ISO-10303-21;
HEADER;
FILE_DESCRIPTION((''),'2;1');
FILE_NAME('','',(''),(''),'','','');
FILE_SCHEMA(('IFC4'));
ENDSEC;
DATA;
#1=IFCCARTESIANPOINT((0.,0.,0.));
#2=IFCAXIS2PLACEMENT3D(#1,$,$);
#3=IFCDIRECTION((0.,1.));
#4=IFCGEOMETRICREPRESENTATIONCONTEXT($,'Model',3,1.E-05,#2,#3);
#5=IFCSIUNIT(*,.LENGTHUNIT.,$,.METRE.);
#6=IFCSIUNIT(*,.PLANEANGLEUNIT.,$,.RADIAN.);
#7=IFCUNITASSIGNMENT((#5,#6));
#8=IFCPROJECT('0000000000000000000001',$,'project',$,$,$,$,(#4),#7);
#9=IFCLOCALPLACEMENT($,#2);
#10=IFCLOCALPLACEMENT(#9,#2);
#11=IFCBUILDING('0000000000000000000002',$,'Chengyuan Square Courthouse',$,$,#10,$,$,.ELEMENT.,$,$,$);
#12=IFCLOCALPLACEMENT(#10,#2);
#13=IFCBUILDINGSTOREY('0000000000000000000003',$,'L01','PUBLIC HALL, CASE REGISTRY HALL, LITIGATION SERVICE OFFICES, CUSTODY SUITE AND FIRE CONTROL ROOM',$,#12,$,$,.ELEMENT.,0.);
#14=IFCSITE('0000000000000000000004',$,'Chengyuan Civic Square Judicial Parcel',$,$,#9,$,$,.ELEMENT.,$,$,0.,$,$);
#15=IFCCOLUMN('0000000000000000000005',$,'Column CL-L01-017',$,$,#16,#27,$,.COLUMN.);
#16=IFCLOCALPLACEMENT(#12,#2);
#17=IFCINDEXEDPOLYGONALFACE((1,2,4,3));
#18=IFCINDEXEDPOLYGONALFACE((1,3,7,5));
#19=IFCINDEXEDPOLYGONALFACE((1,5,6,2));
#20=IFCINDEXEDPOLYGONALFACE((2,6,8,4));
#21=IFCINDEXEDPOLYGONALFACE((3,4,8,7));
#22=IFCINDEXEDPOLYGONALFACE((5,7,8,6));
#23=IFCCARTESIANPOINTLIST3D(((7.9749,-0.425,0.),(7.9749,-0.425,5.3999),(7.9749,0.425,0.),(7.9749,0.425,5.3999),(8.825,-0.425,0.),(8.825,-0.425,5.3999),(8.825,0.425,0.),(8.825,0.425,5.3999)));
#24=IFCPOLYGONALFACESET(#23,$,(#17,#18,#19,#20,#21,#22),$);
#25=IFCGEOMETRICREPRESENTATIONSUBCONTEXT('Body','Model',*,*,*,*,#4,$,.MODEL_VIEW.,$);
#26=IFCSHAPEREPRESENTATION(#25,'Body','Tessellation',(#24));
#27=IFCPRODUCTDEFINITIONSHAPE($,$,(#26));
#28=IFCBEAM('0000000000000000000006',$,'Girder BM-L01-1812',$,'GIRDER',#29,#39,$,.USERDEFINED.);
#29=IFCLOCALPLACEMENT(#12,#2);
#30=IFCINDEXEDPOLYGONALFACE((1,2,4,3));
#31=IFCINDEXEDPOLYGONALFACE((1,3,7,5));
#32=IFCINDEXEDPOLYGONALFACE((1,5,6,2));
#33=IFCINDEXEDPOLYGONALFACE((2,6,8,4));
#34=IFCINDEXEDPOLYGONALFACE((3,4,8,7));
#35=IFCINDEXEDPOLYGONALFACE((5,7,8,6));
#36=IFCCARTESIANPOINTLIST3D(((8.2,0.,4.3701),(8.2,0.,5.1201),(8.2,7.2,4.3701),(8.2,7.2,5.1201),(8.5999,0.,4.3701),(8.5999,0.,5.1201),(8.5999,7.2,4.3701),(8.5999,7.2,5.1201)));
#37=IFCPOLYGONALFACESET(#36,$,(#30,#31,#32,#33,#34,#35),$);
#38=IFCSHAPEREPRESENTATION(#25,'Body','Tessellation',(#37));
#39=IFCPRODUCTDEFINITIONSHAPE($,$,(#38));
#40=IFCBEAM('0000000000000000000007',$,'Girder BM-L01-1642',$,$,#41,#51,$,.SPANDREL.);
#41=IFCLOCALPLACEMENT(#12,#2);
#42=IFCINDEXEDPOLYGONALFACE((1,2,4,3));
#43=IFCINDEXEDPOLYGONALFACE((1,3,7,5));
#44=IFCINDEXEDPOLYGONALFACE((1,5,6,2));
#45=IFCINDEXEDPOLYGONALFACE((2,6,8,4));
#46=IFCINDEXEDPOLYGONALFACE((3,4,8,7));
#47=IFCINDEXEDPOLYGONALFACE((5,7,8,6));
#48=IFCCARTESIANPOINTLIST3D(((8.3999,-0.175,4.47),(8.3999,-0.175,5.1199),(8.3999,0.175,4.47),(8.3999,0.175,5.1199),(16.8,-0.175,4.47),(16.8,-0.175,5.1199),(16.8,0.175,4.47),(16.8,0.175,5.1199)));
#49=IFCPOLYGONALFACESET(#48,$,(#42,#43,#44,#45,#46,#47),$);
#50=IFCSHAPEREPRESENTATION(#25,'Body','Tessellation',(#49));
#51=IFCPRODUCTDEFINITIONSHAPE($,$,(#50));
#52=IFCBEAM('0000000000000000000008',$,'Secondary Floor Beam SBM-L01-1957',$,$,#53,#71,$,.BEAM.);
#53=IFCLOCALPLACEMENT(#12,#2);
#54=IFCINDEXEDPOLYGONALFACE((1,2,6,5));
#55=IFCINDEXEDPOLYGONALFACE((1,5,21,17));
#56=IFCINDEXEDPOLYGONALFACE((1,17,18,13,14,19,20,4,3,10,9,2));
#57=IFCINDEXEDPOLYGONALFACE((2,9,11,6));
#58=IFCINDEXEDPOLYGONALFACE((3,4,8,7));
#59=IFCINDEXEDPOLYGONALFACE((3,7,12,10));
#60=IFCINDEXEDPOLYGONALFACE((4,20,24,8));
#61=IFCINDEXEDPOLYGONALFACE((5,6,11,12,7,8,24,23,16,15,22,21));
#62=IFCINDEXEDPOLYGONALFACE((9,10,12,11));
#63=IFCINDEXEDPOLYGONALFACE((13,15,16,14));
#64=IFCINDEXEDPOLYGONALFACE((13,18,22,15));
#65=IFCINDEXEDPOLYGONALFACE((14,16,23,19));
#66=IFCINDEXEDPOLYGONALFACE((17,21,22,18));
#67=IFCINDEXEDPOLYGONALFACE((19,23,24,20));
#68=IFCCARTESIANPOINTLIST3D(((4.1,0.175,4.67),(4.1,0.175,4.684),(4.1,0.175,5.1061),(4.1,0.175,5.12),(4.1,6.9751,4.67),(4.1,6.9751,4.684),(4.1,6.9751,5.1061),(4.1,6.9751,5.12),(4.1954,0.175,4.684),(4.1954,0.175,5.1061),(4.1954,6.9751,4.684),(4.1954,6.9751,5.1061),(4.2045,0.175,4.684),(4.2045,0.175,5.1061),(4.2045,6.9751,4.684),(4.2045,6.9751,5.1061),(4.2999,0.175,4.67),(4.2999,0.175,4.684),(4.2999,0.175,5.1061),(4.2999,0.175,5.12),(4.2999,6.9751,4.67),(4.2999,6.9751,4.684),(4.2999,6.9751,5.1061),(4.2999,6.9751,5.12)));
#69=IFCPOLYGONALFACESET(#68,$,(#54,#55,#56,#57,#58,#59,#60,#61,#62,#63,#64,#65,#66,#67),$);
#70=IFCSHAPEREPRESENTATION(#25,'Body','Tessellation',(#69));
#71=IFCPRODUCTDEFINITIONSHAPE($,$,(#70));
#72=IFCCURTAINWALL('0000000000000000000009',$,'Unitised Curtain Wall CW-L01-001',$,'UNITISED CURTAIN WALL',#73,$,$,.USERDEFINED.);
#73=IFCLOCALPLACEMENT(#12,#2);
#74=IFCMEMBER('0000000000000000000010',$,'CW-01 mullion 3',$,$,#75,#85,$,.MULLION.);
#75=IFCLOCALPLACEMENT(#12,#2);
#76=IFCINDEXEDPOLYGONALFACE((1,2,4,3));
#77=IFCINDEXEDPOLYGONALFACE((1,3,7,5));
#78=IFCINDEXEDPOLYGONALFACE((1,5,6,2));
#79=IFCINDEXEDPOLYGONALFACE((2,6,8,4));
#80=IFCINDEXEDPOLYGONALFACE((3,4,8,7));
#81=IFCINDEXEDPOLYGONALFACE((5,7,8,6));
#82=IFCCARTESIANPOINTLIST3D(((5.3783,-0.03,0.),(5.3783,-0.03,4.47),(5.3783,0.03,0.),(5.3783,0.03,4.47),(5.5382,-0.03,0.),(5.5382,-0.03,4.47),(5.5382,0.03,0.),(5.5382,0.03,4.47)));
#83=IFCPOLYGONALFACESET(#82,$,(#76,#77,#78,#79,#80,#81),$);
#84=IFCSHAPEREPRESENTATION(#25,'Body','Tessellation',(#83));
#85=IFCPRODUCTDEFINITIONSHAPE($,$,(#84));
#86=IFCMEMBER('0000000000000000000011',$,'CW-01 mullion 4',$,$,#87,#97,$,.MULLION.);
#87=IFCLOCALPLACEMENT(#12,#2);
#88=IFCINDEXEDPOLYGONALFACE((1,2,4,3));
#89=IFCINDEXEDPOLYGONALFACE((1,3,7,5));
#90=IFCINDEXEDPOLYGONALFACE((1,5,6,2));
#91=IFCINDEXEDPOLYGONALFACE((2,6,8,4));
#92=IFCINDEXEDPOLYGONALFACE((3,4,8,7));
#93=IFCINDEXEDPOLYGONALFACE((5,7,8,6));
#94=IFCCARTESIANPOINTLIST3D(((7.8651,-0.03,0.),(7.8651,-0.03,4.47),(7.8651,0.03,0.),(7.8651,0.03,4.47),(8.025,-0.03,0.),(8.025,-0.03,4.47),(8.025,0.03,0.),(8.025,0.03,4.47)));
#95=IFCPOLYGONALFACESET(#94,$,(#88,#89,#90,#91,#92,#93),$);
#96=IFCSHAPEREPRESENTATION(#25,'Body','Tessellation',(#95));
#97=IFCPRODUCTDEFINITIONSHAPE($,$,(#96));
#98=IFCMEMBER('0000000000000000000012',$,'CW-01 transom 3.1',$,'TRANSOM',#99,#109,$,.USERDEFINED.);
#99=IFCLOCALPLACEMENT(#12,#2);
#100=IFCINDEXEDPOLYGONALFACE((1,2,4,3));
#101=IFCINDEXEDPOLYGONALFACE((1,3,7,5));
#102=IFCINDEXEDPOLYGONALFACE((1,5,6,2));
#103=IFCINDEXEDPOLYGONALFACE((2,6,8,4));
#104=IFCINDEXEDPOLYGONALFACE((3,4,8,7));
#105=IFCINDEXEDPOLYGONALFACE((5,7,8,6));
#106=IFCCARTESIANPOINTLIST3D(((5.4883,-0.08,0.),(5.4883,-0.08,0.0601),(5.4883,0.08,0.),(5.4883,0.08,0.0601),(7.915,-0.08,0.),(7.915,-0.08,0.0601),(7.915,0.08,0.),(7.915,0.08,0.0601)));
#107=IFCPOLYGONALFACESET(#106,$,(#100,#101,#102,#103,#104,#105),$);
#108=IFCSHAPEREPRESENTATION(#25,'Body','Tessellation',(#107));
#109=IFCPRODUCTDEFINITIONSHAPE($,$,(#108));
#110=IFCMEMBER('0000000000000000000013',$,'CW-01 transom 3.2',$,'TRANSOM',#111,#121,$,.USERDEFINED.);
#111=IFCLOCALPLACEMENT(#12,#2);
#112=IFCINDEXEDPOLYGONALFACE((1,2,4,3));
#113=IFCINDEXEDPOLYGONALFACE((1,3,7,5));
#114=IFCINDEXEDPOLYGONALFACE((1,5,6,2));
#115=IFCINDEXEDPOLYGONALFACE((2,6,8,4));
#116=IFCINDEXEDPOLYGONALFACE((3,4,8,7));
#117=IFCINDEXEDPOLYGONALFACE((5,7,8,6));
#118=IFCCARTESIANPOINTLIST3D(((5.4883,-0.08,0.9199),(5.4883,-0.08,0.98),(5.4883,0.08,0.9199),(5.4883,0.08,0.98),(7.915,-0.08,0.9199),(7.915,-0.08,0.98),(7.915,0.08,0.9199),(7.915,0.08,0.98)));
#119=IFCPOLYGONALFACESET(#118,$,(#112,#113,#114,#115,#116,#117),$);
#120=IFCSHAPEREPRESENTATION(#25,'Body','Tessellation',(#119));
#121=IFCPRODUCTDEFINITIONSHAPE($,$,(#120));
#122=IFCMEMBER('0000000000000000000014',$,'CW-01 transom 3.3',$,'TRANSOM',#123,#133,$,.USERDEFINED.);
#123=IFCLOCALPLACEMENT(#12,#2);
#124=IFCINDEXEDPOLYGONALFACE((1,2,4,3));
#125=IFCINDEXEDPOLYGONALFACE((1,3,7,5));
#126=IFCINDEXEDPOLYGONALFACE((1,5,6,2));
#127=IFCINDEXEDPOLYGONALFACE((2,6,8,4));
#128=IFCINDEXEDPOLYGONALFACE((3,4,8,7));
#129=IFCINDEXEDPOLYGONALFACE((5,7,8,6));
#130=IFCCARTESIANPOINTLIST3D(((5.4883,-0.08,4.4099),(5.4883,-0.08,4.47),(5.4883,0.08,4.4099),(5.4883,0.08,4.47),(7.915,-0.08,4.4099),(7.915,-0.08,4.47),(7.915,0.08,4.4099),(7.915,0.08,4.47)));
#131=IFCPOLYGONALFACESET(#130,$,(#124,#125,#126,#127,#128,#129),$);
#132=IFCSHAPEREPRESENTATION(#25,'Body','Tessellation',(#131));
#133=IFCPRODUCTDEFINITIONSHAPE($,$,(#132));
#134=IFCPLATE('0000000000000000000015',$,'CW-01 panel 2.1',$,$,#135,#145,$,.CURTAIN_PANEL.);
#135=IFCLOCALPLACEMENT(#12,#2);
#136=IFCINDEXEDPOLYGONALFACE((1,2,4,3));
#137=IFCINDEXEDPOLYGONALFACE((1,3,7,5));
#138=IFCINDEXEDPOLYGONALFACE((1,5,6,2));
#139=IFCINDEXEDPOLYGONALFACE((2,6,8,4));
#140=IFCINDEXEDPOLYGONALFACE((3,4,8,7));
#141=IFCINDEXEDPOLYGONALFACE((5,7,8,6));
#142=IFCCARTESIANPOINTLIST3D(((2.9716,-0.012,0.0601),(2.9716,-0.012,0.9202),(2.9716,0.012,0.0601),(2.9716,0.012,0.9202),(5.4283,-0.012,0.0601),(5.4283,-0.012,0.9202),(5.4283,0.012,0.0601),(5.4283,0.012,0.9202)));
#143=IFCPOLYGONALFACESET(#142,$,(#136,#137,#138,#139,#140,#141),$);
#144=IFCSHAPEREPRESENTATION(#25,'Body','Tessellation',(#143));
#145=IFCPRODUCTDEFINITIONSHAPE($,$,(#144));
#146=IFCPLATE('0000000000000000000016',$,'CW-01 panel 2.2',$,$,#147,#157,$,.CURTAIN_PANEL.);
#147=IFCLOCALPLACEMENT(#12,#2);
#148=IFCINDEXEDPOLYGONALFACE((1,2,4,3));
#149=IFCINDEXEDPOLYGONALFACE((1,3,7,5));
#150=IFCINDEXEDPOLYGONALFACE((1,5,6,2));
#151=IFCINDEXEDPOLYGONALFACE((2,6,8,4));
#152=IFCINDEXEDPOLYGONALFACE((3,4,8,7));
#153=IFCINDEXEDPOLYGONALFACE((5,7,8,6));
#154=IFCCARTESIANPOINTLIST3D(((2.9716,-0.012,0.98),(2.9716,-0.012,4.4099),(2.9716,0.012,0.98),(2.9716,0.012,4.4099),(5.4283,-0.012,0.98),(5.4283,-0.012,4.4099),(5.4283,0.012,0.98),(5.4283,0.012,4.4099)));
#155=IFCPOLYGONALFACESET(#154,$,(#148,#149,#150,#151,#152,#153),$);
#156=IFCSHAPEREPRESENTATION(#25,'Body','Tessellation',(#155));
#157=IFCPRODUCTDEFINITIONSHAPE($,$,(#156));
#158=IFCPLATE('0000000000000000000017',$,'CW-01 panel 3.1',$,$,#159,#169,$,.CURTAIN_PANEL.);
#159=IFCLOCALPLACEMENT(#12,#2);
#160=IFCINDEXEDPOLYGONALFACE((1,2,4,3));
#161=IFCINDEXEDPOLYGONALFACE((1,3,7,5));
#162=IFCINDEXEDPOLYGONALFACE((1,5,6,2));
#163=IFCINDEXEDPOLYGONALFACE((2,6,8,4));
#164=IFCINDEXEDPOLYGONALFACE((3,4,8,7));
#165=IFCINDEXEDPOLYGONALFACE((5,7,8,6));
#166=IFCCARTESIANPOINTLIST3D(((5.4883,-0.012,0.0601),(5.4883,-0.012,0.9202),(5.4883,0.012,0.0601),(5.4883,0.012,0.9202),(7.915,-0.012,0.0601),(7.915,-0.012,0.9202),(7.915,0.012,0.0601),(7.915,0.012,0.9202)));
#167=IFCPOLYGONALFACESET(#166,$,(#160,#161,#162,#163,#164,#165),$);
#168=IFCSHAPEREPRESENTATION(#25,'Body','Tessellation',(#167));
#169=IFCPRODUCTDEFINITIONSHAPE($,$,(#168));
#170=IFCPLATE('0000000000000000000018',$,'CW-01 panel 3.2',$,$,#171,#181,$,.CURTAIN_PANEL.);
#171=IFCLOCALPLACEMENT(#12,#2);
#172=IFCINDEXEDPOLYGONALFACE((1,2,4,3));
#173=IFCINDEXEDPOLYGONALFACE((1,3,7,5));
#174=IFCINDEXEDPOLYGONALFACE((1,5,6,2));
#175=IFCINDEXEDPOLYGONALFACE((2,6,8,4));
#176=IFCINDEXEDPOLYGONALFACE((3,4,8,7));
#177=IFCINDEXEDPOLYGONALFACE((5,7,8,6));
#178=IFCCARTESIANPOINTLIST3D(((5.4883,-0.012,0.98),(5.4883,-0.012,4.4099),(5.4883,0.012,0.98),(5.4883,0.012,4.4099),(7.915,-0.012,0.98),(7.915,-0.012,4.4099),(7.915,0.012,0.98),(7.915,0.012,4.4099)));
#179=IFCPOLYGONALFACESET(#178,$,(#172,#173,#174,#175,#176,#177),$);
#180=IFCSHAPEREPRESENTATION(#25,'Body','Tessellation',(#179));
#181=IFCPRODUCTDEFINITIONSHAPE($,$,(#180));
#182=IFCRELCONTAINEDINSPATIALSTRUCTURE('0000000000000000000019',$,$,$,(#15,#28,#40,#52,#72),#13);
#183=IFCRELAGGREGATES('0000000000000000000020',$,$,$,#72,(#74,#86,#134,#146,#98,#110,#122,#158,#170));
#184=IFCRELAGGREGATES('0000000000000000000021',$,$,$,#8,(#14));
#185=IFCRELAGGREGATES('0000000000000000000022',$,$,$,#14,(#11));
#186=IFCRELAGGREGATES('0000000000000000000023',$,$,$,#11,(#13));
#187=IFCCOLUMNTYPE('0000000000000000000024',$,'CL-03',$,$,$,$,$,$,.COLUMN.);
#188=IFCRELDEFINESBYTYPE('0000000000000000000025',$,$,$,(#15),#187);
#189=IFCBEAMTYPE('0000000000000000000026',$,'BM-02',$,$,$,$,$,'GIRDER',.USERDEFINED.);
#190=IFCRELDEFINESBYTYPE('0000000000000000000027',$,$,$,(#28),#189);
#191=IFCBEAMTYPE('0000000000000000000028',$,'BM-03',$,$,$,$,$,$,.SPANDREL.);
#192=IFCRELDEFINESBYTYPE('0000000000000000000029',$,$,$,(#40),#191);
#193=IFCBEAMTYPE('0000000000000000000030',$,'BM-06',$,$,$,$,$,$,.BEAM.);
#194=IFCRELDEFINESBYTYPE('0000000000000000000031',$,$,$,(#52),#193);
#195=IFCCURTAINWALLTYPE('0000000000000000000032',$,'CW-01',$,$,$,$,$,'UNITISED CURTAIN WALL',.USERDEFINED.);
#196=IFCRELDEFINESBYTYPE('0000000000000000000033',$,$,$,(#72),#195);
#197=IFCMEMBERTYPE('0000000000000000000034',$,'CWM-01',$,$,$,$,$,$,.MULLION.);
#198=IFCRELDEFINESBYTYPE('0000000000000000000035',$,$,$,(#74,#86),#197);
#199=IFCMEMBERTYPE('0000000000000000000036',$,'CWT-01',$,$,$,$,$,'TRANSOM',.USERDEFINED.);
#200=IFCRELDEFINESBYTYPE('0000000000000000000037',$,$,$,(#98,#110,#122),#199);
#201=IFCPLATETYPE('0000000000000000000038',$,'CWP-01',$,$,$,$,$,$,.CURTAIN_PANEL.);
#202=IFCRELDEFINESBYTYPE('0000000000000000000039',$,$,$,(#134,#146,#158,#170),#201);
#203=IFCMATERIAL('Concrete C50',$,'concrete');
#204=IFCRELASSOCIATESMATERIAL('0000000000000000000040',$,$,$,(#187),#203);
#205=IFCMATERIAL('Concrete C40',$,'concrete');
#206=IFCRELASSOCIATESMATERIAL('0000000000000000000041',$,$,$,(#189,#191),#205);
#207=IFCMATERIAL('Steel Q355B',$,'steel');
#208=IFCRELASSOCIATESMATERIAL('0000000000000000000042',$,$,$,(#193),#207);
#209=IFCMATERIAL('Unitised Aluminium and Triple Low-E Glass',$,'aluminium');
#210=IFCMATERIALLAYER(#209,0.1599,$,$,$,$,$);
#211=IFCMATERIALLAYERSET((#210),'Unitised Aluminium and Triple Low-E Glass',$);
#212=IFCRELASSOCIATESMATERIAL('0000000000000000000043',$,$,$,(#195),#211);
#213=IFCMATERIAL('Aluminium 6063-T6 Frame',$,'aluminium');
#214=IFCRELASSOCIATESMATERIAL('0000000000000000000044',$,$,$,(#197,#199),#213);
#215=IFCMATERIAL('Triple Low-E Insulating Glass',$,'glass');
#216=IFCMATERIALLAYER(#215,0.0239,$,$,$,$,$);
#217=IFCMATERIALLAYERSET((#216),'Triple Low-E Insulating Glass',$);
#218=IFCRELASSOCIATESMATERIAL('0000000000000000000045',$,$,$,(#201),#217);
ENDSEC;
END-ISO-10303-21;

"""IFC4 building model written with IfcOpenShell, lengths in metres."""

from ifc_helpers import new_model, si_unit, direction, frame, origin, origin_2d, place, context, subcontext, project, spatial, rectangle, i_section, extrude, material, layer, layer_set, material_profile, profile_set, type_object, element, aggregate, save


model = new_model("IFC4")

# Units and contexts
model_context = context("Model", 3, precision=1e-05, world=origin(), true_north=direction((0.0, 1.0)))
body_context = subcontext(model_context, "Body", "Model", "MODEL_VIEW")
ifc_project = project(units=[si_unit("LENGTHUNIT", "METRE"), si_unit("PLANEANGLEUNIT", "RADIAN")], contexts=[model_context])

# Site, building, storey
site_placement = place(None, origin())
site = spatial("IfcSite", under=ifc_project, at=site_placement, Name="Chengyuan Civic Square Judicial Parcel", CompositionType="ELEMENT", RefElevation=0.0)
building_placement = place(site_placement, origin())
building = spatial("IfcBuilding", under=site, at=building_placement, Name="Chengyuan Square Courthouse", CompositionType="ELEMENT")
storey_placement = place(building_placement, origin())
storey = spatial("IfcBuildingStorey", under=building, at=storey_placement, Name="L01", Description="PUBLIC HALL, CASE REGISTRY HALL, LITIGATION SERVICE OFFICES, CUSTODY SUITE AND FIRE CONTROL ROOM", CompositionType="ELEMENT", Elevation=0.0)

# Column
ifc_material_1 = material(Name="Concrete C50", Category="concrete")
ifc_material_profile_1 = material_profile(ifc_material_1, rectangle(XDim=0.8501, YDim=0.8501, at=origin_2d()), Name="RC-COL-850x850")
ifc_profile_set_1 = profile_set([ifc_material_profile_1], Name="Concrete C50")
column_type = type_object("IfcColumnType", Name="CL-03", PredefinedType="COLUMN", material=ifc_profile_set_1)
column_placement = place(storey_placement, frame((8.3999, 0.0, 0.0), z_axis=(0.0, 0.0, 1.0), x_axis=(1.0, 0.0, 0.0)))
element("IfcColumn", 1, at=column_placement, inside=storey, type_object=column_type, Name="Column CL-L01-017", PredefinedType="COLUMN", context=body_context, shape_type="SweptSolid", body=[
    extrude(rectangle(XDim=0.8501, YDim=0.8501, at=origin_2d()), origin(), (0.0, 0.0, 1.0), 5.3999),
])

# Beams
ifc_material_2 = material(Name="Concrete C40", Category="concrete")
ifc_material_profile_2 = material_profile(ifc_material_2, rectangle(XDim=0.3999, YDim=0.75, at=origin_2d()), Name="RC-BM-400x750")
ifc_profile_set_2 = profile_set([ifc_material_profile_2], Name="Concrete C40")
beam_type_1 = type_object("IfcBeamType", Name="BM-02", ElementType="GIRDER", PredefinedType="USERDEFINED", material=ifc_profile_set_2)
beam_1_placement = place(storey_placement, frame((8.3999, 0.0, 4.7451), z_axis=(0.0, 1.0, 0.0), x_axis=(-1.0, 0.0, 0.0)))
element("IfcBeam", 2, at=beam_1_placement, inside=storey, type_object=beam_type_1, Name="Girder BM-L01-1812", ObjectType="GIRDER", PredefinedType="USERDEFINED", context=body_context, shape_type="SweptSolid", body=[
    extrude(rectangle(XDim=0.3999, YDim=0.75, at=origin_2d()), origin(), (0.0, 0.0, 1.0), 7.2),
])
ifc_material_profile_3 = material_profile(ifc_material_2, rectangle(XDim=0.3501, YDim=0.6499, at=origin_2d()), Name="RC-BM-350x650")
ifc_profile_set_3 = profile_set([ifc_material_profile_3], Name="Concrete C40")
beam_type_2 = type_object("IfcBeamType", Name="BM-03", PredefinedType="SPANDREL", material=ifc_profile_set_3)
beam_2_placement = place(storey_placement, frame((8.3999, 0.0, 4.7949), z_axis=(1.0, 0.0, 0.0), x_axis=(0.0, 1.0, 0.0)))
element("IfcBeam", 3, at=beam_2_placement, inside=storey, type_object=beam_type_2, Name="Girder BM-L01-1642", PredefinedType="SPANDREL", context=body_context, shape_type="SweptSolid", body=[
    extrude(rectangle(XDim=0.3501, YDim=0.6499, at=origin_2d()), origin(), (0.0, 0.0, 1.0), 8.4001),
])
ifc_material_3 = material(Name="Steel Q355B", Category="steel")
ifc_material_profile_4 = material_profile(ifc_material_3, i_section(OverallWidth=0.2, OverallDepth=0.45, WebThickness=0.009, FlangeThickness=0.0139, at=origin_2d()), Name="HN 450x200x9x14")
ifc_profile_set_4 = profile_set([ifc_material_profile_4], Name="Steel Q355B")
beam_type_3 = type_object("IfcBeamType", Name="BM-06", PredefinedType="BEAM", material=ifc_profile_set_4)
beam_3_placement = place(storey_placement, frame((4.2, 0.175, 4.895), z_axis=(0.0, 1.0, 0.0), x_axis=(-1.0, 0.0, 0.0)))
element("IfcBeam", 4, at=beam_3_placement, inside=storey, type_object=beam_type_3, Name="Secondary Floor Beam SBM-L01-1957", PredefinedType="BEAM", context=body_context, shape_type="SweptSolid", body=[
    extrude(i_section(OverallWidth=0.2, OverallDepth=0.45, WebThickness=0.009, FlangeThickness=0.0139, at=origin_2d()), origin(), (0.0, 0.0, 1.0), 6.8),
])

# Curtain wall, members, plates
ifc_material_4 = material(Name="Unitised Aluminium and Triple Low-E Glass", Category="aluminium")
ifc_layer_1 = layer(ifc_material_4, 0.1599)
ifc_layer_set_1 = layer_set([ifc_layer_1], Name="Unitised Aluminium and Triple Low-E Glass")
curtain_wall_type = type_object("IfcCurtainWallType", Name="CW-01", ElementType="UNITISED CURTAIN WALL", PredefinedType="USERDEFINED", material=ifc_layer_set_1)
curtain_wall_placement = place(storey_placement, origin())
curtain_wall = element("IfcCurtainWall", 5, at=curtain_wall_placement, inside=storey, type_object=curtain_wall_type, Name="Unitised Curtain Wall CW-L01-001", ObjectType="UNITISED CURTAIN WALL", PredefinedType="USERDEFINED")
ifc_material_5 = material(Name="Aluminium 6063-T6 Frame", Category="aluminium")
ifc_material_profile_5 = material_profile(ifc_material_5, rectangle(XDim=0.0601, YDim=0.1599, at=origin_2d()), Name="CW-MUL-60x160")
ifc_profile_set_5 = profile_set([ifc_material_profile_5], Name="Aluminium 6063-T6 Frame")
member_type_1 = type_object("IfcMemberType", Name="CWM-01", PredefinedType="MULLION", material=ifc_profile_set_5)
member_1_placement = place(storey_placement, frame((5.4583, 0.0, 0.0), z_axis=(0.0, 0.0, 1.0), x_axis=(0.0, 1.0, 0.0)))
member_1 = element("IfcMember", 6, at=member_1_placement, type_object=member_type_1, Name="CW-01 mullion 3", PredefinedType="MULLION", context=body_context, shape_type="SweptSolid", body=[
    extrude(rectangle(XDim=0.0601, YDim=0.1599, at=origin_2d()), origin(), (0.0, 0.0, 1.0), 4.47),
])
member_2_placement = place(storey_placement, frame((7.9451, 0.0, 0.0), z_axis=(0.0, 0.0, 1.0), x_axis=(0.0, 1.0, 0.0)))
member_2 = element("IfcMember", 7, at=member_2_placement, type_object=member_type_1, Name="CW-01 mullion 4", PredefinedType="MULLION", context=body_context, shape_type="SweptSolid", body=[
    extrude(rectangle(XDim=0.0601, YDim=0.1599, at=origin_2d()), origin(), (0.0, 0.0, 1.0), 4.47),
])
ifc_material_profile_6 = material_profile(ifc_material_5, rectangle(XDim=0.1599, YDim=0.0601, at=origin_2d()), Name="CW-TRN-60x120")
ifc_profile_set_6 = profile_set([ifc_material_profile_6], Name="Aluminium 6063-T6 Frame")
member_type_2 = type_object("IfcMemberType", Name="CWT-01", ElementType="TRANSOM", PredefinedType="USERDEFINED", material=ifc_profile_set_6)
member_3_placement = place(storey_placement, frame((5.4883, 0.0, 0.03), z_axis=(1.0, 0.0, 0.0), x_axis=(0.0, 1.0, 0.0)))
member_3 = element("IfcMember", 8, at=member_3_placement, type_object=member_type_2, Name="CW-01 transom 3.1", ObjectType="TRANSOM", PredefinedType="USERDEFINED", context=body_context, shape_type="SweptSolid", body=[
    extrude(rectangle(XDim=0.1599, YDim=0.0601, at=origin_2d()), origin(), (0.0, 0.0, 1.0), 2.4268),
])
member_4_placement = place(storey_placement, frame((5.4883, 0.0, 0.95), z_axis=(1.0, 0.0, 0.0), x_axis=(0.0, 1.0, 0.0)))
member_4 = element("IfcMember", 9, at=member_4_placement, type_object=member_type_2, Name="CW-01 transom 3.2", ObjectType="TRANSOM", PredefinedType="USERDEFINED", context=body_context, shape_type="SweptSolid", body=[
    extrude(rectangle(XDim=0.1599, YDim=0.0601, at=origin_2d()), origin(), (0.0, 0.0, 1.0), 2.4268),
])
member_5_placement = place(storey_placement, frame((5.4883, 0.0, 4.4399), z_axis=(1.0, 0.0, 0.0), x_axis=(0.0, 1.0, 0.0)))
member_5 = element("IfcMember", 10, at=member_5_placement, type_object=member_type_2, Name="CW-01 transom 3.3", ObjectType="TRANSOM", PredefinedType="USERDEFINED", context=body_context, shape_type="SweptSolid", body=[
    extrude(rectangle(XDim=0.1599, YDim=0.0601, at=origin_2d()), origin(), (0.0, 0.0, 1.0), 2.4268),
])
ifc_material_6 = material(Name="Triple Low-E Insulating Glass", Category="glass")
ifc_layer_2 = layer(ifc_material_6, 0.0239)
ifc_layer_set_2 = layer_set([ifc_layer_2], Name="Triple Low-E Insulating Glass")
plate_type = type_object("IfcPlateType", Name="CWP-01", PredefinedType="CURTAIN_PANEL", material=ifc_layer_set_2)
plate_1_placement = place(storey_placement, frame((4.2, 0.0, 0.0601), z_axis=(0.0, 0.0, 1.0), x_axis=(1.0, 0.0, 0.0)))
plate_1 = element("IfcPlate", 11, at=plate_1_placement, type_object=plate_type, Name="CW-01 panel 2.1", PredefinedType="CURTAIN_PANEL", context=body_context, shape_type="SweptSolid", body=[
    extrude(rectangle(XDim=2.4568, YDim=0.0239, at=origin_2d()), origin(), (0.0, 0.0, 1.0), 0.8601),
])
plate_2_placement = place(storey_placement, frame((4.2, 0.0, 0.98), z_axis=(0.0, 0.0, 1.0), x_axis=(1.0, 0.0, 0.0)))
plate_2 = element("IfcPlate", 12, at=plate_2_placement, type_object=plate_type, Name="CW-01 panel 2.2", PredefinedType="CURTAIN_PANEL", context=body_context, shape_type="SweptSolid", body=[
    extrude(rectangle(XDim=2.4568, YDim=0.0239, at=origin_2d()), origin(), (0.0, 0.0, 1.0), 3.4299),
])
plate_3_placement = place(storey_placement, frame((6.7017, 0.0, 0.0601), z_axis=(0.0, 0.0, 1.0), x_axis=(1.0, 0.0, 0.0)))
plate_3 = element("IfcPlate", 13, at=plate_3_placement, type_object=plate_type, Name="CW-01 panel 3.1", PredefinedType="CURTAIN_PANEL", context=body_context, shape_type="SweptSolid", body=[
    extrude(rectangle(XDim=2.4268, YDim=0.0239, at=origin_2d()), origin(), (0.0, 0.0, 1.0), 0.8601),
])
plate_4_placement = place(storey_placement, frame((6.7017, 0.0, 0.98), z_axis=(0.0, 0.0, 1.0), x_axis=(1.0, 0.0, 0.0)))
plate_4 = element("IfcPlate", 14, at=plate_4_placement, type_object=plate_type, Name="CW-01 panel 3.2", PredefinedType="CURTAIN_PANEL", context=body_context, shape_type="SweptSolid", body=[
    extrude(rectangle(XDim=2.4268, YDim=0.0239, at=origin_2d()), origin(), (0.0, 0.0, 1.0), 3.4299),
])
aggregate(curtain_wall, [member_1, member_2, plate_1, plate_2, member_3, member_4, member_5, plate_3, plate_4])

save(model, "model.ifc")
